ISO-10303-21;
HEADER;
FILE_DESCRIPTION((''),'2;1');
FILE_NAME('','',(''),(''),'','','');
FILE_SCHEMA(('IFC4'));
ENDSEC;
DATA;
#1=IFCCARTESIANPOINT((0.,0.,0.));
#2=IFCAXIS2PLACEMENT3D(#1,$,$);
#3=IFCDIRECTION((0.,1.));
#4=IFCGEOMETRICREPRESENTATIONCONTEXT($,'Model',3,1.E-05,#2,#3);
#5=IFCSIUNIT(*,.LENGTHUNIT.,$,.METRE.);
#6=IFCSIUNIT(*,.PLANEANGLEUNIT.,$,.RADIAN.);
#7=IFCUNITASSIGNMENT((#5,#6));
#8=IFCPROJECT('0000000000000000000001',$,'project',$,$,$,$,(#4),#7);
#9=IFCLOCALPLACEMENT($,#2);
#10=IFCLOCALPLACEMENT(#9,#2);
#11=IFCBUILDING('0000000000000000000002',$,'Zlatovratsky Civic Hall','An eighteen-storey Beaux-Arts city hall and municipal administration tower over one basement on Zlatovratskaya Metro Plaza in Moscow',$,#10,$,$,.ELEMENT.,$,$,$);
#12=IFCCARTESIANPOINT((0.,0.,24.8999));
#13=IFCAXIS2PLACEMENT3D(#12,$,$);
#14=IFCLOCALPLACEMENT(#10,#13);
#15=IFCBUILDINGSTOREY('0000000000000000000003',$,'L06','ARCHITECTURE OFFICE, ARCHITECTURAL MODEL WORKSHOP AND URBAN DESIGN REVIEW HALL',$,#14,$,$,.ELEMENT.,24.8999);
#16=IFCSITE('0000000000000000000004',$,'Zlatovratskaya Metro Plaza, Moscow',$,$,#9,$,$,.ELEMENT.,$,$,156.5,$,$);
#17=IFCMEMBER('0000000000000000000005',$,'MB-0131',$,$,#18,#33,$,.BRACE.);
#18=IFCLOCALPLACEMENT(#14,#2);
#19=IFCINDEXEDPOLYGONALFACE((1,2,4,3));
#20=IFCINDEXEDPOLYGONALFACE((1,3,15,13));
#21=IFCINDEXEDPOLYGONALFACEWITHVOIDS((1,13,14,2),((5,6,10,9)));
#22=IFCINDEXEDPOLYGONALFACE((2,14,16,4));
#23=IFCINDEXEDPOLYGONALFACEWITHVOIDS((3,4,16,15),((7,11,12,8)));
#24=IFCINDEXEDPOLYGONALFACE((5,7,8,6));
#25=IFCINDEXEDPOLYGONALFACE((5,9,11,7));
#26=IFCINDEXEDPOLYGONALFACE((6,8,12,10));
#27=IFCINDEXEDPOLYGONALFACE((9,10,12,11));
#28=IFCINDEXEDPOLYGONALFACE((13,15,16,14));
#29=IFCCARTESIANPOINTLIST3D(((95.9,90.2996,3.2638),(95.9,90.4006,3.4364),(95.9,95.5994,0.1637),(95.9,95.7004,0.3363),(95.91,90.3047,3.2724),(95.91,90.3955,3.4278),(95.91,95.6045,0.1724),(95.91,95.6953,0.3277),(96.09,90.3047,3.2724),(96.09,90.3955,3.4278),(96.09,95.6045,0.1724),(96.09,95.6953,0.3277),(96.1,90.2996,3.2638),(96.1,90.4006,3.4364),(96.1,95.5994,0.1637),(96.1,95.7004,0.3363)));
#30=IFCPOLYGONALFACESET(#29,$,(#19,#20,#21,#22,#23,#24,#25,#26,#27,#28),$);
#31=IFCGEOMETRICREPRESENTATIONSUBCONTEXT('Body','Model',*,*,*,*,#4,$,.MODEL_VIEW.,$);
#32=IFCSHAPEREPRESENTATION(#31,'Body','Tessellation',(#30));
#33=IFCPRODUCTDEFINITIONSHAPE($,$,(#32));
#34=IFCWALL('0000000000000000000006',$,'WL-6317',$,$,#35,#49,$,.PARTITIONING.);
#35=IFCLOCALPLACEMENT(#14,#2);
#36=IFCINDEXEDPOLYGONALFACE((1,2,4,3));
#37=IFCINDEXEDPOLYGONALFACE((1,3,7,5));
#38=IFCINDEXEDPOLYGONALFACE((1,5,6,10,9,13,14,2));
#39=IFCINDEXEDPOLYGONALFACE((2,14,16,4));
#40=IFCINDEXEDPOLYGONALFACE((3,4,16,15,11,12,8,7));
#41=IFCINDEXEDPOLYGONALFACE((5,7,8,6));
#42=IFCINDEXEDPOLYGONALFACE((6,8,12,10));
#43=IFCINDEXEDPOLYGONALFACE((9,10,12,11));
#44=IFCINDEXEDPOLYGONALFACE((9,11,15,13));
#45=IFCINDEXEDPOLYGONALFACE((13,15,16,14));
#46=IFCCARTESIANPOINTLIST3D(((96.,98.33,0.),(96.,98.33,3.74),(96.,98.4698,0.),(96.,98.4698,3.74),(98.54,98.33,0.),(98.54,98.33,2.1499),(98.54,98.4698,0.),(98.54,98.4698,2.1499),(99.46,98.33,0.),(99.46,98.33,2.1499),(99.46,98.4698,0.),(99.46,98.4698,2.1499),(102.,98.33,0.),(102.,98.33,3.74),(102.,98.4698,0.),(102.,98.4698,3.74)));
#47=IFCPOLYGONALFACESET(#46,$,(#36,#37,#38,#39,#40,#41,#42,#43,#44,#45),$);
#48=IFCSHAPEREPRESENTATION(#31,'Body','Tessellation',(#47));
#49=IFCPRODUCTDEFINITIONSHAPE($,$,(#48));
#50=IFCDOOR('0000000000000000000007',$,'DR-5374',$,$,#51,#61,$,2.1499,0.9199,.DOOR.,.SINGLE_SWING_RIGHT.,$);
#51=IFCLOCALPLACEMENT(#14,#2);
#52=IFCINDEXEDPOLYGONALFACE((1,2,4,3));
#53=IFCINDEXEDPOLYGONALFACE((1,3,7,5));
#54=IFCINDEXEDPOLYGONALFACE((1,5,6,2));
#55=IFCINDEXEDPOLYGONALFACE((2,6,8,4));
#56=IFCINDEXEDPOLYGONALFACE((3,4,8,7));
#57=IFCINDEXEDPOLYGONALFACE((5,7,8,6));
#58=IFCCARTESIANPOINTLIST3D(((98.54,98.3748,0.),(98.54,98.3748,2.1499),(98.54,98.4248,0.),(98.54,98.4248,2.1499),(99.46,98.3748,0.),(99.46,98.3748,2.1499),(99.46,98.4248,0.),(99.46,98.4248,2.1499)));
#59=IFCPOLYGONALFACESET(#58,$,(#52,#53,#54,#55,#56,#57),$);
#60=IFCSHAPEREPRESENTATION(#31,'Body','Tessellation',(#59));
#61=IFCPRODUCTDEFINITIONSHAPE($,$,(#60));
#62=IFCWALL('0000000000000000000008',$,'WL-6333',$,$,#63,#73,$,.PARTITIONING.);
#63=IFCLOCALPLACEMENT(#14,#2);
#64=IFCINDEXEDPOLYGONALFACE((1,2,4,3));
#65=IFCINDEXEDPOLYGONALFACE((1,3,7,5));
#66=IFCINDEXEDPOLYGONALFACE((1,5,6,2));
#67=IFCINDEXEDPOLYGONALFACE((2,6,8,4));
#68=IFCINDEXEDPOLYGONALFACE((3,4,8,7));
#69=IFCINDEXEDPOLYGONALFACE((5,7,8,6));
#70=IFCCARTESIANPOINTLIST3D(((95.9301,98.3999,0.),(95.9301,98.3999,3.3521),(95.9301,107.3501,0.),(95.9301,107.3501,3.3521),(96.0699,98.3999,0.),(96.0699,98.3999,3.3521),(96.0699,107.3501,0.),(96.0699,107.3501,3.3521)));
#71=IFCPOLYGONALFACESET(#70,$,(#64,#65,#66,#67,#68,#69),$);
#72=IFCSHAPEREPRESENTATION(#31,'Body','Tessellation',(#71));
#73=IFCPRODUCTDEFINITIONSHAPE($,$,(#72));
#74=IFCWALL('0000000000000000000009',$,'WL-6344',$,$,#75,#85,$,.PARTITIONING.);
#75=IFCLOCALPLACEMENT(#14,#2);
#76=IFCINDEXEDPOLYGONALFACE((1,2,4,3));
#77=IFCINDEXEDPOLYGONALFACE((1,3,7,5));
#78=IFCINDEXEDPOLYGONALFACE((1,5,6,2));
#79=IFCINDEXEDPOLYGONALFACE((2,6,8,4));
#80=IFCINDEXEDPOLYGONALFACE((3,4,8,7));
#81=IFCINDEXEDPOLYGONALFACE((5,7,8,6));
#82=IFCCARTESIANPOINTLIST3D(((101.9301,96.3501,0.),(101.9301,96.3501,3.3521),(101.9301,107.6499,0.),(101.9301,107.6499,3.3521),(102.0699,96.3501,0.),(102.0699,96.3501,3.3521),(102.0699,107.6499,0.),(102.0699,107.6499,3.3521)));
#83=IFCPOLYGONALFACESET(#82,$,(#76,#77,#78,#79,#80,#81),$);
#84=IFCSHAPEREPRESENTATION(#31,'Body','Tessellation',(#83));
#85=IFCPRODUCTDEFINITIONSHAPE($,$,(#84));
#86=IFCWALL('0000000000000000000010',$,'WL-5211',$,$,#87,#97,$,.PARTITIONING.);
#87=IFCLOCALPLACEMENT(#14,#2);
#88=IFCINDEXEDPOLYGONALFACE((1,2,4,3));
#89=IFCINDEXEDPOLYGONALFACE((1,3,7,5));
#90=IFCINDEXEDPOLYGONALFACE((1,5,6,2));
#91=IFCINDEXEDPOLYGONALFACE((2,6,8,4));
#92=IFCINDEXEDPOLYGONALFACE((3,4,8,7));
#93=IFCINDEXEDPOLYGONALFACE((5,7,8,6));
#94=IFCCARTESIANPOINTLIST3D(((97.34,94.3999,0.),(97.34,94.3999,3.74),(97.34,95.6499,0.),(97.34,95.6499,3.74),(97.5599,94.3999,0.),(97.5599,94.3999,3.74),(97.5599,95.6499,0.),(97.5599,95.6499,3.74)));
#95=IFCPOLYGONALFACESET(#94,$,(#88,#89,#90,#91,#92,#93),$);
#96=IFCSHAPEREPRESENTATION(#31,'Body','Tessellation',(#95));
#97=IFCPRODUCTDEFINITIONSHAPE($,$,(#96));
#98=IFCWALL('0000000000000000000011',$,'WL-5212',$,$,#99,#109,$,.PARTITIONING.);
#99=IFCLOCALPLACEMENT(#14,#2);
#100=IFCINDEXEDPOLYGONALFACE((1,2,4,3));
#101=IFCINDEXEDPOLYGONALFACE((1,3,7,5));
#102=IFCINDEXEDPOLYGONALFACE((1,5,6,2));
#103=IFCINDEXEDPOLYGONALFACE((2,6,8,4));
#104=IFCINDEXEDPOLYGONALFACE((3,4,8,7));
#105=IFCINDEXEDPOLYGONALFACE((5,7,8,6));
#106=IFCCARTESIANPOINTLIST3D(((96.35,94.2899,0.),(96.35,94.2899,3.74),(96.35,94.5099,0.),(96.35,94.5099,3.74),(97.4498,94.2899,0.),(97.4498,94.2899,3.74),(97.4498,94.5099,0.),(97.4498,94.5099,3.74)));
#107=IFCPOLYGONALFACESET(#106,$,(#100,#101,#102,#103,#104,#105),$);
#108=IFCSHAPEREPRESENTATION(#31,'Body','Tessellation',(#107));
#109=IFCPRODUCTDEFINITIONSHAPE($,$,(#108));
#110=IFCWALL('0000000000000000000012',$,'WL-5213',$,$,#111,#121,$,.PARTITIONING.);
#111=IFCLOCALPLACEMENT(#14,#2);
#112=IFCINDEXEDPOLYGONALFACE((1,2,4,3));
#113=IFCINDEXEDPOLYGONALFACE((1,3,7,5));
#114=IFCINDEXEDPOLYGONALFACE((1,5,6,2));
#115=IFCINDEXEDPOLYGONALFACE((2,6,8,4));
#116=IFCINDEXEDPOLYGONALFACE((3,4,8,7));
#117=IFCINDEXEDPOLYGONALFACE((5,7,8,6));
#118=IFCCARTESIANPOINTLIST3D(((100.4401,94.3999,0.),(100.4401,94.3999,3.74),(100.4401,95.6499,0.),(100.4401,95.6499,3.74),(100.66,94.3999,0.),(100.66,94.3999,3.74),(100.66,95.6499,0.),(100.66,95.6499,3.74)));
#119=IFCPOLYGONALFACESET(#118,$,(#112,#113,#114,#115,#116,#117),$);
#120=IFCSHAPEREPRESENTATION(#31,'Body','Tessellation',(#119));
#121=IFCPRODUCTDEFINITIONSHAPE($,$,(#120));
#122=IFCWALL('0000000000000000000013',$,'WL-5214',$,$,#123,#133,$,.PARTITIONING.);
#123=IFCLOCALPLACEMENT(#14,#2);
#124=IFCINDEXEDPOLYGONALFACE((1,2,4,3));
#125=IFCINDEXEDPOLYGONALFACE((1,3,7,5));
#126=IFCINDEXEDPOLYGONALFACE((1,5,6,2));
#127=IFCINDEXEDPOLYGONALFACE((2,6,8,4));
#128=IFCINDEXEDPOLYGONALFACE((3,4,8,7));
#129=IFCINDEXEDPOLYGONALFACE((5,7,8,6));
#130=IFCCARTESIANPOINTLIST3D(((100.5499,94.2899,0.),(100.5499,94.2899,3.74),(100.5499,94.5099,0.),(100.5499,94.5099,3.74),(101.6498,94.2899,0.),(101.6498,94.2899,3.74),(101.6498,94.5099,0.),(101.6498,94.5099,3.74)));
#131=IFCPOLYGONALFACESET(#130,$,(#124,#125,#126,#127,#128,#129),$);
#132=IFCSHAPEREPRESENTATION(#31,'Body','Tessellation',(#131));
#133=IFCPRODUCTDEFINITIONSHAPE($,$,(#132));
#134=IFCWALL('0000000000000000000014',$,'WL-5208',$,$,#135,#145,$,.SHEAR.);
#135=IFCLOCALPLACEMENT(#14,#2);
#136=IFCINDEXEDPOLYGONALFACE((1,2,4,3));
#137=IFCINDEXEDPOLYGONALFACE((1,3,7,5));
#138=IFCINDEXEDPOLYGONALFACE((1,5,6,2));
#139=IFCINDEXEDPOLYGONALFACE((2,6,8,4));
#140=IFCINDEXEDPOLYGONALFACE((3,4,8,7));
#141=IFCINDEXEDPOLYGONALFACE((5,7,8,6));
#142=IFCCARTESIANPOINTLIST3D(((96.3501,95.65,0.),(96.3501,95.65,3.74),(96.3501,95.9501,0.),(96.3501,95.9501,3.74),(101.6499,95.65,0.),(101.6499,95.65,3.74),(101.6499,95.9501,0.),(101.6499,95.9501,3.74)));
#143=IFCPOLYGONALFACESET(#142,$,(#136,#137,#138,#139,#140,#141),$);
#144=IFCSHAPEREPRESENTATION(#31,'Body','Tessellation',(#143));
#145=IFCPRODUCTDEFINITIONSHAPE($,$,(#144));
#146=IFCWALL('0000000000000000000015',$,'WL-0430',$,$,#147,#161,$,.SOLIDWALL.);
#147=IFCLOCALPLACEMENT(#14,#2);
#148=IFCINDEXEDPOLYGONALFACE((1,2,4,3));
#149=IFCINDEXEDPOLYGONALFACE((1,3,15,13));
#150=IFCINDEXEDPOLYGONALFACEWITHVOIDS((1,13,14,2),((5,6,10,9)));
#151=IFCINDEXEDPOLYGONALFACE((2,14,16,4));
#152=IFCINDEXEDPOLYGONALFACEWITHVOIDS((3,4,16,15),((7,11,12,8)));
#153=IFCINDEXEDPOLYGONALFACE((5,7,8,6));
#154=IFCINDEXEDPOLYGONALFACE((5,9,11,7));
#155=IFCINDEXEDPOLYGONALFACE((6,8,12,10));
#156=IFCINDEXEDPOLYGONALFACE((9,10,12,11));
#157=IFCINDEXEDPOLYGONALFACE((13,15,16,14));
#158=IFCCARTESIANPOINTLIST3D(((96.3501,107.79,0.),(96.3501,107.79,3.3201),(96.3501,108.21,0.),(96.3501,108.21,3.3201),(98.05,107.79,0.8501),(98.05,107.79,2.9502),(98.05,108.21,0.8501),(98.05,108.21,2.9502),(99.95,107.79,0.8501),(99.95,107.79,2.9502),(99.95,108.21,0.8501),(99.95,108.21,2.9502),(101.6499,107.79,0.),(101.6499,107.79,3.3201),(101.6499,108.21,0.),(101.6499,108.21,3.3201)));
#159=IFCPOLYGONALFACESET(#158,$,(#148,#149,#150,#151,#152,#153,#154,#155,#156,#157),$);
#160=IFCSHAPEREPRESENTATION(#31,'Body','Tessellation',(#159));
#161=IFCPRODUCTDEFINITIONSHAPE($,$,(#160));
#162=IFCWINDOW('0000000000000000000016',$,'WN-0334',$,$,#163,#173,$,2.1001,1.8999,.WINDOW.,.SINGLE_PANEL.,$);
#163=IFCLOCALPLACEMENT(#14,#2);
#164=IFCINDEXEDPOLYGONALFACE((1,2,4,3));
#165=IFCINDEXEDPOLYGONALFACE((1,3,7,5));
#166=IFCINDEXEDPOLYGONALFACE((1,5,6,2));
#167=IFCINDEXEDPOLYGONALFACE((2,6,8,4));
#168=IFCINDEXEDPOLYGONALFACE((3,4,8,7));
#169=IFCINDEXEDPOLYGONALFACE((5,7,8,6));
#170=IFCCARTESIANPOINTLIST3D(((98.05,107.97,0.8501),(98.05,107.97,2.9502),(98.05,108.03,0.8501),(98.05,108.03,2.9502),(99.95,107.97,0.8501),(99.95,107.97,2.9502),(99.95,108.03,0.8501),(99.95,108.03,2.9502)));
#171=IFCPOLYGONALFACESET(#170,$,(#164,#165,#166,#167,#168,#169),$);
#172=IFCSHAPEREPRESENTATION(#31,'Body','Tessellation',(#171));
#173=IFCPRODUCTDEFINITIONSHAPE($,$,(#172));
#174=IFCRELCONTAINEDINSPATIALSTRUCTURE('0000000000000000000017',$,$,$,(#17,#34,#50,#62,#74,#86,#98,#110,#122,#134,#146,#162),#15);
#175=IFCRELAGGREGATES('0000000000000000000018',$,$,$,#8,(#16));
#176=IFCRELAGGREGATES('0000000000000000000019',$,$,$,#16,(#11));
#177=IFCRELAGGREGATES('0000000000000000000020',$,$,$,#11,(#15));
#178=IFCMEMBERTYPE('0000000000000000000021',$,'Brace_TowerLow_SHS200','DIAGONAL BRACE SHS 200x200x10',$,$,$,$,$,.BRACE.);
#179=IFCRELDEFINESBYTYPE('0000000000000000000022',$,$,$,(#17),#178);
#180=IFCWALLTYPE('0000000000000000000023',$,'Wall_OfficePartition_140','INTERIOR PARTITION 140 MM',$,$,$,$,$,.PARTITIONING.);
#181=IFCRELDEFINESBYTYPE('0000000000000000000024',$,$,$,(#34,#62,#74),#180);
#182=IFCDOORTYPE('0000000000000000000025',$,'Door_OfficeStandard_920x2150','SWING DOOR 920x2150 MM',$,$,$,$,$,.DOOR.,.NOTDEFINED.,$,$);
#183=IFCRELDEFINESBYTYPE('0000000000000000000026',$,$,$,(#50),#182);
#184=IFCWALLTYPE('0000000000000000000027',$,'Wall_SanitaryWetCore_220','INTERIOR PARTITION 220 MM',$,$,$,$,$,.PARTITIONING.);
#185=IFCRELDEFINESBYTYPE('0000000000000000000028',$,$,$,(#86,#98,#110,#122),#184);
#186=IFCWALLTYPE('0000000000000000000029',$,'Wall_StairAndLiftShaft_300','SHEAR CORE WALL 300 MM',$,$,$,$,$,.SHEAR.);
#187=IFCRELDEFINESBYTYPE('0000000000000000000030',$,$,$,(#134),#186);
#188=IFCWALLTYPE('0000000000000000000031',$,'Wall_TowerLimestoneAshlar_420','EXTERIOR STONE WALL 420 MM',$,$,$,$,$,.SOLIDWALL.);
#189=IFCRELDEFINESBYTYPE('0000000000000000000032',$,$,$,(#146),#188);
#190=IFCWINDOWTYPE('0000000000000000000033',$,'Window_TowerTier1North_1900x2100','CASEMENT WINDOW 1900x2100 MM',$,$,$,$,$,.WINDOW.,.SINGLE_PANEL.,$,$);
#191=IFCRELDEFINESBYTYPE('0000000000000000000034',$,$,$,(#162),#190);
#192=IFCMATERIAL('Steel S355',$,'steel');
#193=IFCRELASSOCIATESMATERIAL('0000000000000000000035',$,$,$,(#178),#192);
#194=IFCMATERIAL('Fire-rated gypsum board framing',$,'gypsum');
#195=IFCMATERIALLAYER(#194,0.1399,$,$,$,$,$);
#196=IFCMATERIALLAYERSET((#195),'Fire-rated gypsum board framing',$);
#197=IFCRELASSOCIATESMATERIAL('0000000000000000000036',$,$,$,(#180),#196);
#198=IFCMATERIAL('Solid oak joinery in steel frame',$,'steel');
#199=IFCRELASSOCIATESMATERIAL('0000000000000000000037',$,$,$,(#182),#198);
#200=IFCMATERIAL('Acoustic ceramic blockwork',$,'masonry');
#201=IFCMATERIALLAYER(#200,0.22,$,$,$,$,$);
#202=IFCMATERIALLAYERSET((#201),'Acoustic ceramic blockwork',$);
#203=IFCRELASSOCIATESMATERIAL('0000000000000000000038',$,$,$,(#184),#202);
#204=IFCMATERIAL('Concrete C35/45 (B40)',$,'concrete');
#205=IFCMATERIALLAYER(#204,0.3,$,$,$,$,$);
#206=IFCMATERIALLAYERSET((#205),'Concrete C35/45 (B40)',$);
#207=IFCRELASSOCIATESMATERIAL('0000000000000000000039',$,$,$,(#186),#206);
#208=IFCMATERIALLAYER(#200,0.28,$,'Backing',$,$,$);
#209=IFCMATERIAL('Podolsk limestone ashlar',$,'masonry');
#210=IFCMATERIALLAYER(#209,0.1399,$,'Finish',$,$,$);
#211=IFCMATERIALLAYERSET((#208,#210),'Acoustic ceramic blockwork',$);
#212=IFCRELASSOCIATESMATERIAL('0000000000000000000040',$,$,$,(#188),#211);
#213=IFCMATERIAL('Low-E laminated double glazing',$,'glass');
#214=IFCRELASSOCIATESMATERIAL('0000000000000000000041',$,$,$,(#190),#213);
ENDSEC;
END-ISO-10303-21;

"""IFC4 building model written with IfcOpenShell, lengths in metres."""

from ifc_helpers import new_model, si_unit, direction, frame, frame_2d, origin, origin_2d, place, context, subcontext, project, spatial, rectangle, hollow_rectangle, extrude, material, layer, layer_set, material_profile, profile_set, type_object, element, fill, save


model = new_model("IFC4")

# Units and contexts
model_context = context("Model", 3, precision=1e-05, world=origin(), true_north=direction((0.0, 1.0)))
body_context = subcontext(model_context, "Body", "Model", "MODEL_VIEW")
ifc_project = project(units=[si_unit("LENGTHUNIT", "METRE"), si_unit("PLANEANGLEUNIT", "RADIAN")], contexts=[model_context])

# Site, building, storey
site_placement = place(None, origin())
site = spatial("IfcSite", under=ifc_project, at=site_placement, Name="Zlatovratskaya Metro Plaza, Moscow", CompositionType="ELEMENT", RefElevation=156.5)
building_placement = place(site_placement, origin())
building = spatial("IfcBuilding", under=site, at=building_placement, Name="Zlatovratsky Civic Hall", Description="An eighteen-storey Beaux-Arts city hall and municipal administration tower over one basement on Zlatovratskaya Metro Plaza in Moscow", CompositionType="ELEMENT")
storey_placement = place(building_placement, frame((0.0, 0.0, 24.8999)))
storey = spatial("IfcBuildingStorey", under=building, at=storey_placement, Name="L06", Description="ARCHITECTURE OFFICE, ARCHITECTURAL MODEL WORKSHOP AND URBAN DESIGN REVIEW HALL", CompositionType="ELEMENT", Elevation=24.8999)

# Shared definitions
ifc_material_1 = material(Name="Concrete C35/45 (B40)", Category="concrete")
ifc_material_2 = material(Name="Steel S355", Category="steel")

# Member
ifc_material_profile_1 = material_profile(ifc_material_2, hollow_rectangle(XDim=0.2, YDim=0.2, WallThickness=0.01, at=origin_2d()), Name="SHS 200x200x10")
ifc_profile_set_1 = profile_set([ifc_material_profile_1], Name="Steel S355")
member_type = type_object("IfcMemberType", Name="Brace_TowerLow_SHS200", Description="DIAGONAL BRACE SHS 200x200x10", PredefinedType="BRACE", material=ifc_profile_set_1)
member_placement = place(storey_placement, frame((96.0, 90.3501, 3.3501), z_axis=(0.0, 0.863173, -0.504909), x_axis=(-1.0, 0.0, 0.0)))
element("IfcMember", 1, at=member_placement, inside=storey, type_object=member_type, Name="MB-0131", PredefinedType="BRACE", context=body_context, shape_type="SweptSolid", body=[
    extrude(hollow_rectangle(XDim=0.2, YDim=0.2, WallThickness=0.01, at=origin_2d()), origin(), (0.0, 0.0, 1.0), 6.1399),
])

# Wall, opening, door
ifc_material_3 = material(Name="Fire-rated gypsum board framing", Category="gypsum")
ifc_layer_1 = layer(ifc_material_3, 0.1399)
ifc_layer_set_1 = layer_set([ifc_layer_1], Name="Fire-rated gypsum board framing")
wall_type_1 = type_object("IfcWallType", Name="Wall_OfficePartition_140", Description="INTERIOR PARTITION 140 MM", PredefinedType="PARTITIONING", material=ifc_layer_set_1)
wall_1_placement = place(storey_placement, frame((96.0, 98.3999, 0.0), z_axis=(0.0, 0.0, 1.0), x_axis=(1.0, 0.0, 0.0)))
wall_1 = element("IfcWall", 2, at=wall_1_placement, inside=storey, type_object=wall_type_1, Name="WL-6317", PredefinedType="PARTITIONING", context=body_context, shape_type="SweptSolid", body=[
    extrude(rectangle(XDim=6.0, YDim=0.1399, at=frame_2d((3.0, 0.0))), origin(), (0.0, 0.0, 1.0), 3.74),
])
opening_1_placement = place(wall_1_placement, frame((2.54, 0.0, 0.0)))
opening_1 = element("IfcOpeningElement", 3, at=opening_1_placement, cuts=wall_1, PredefinedType="OPENING", context=body_context, shape_type="SweptSolid", body=[
    extrude(rectangle(XDim=0.9199, YDim=2.1499, at=frame_2d((0.46, 1.075))), frame((0.0, 0.085, 0.0), z_axis=(0.0, -1.0, 0.0), x_axis=(1.0, 0.0, 0.0)), (0.0, 0.0, 1.0), 0.1697),
])
ifc_material_4 = material(Name="Solid oak joinery in steel frame", Category="steel")
door_type = type_object("IfcDoorType", Name="Door_OfficeStandard_920x2150", Description="SWING DOOR 920x2150 MM", OperationType="NOTDEFINED", PredefinedType="DOOR", material=ifc_material_4)
door_placement = place(opening_1_placement, origin())
door = element("IfcDoor", 4, at=door_placement, inside=storey, type_object=door_type, Name="DR-5374", OperationType="SINGLE_SWING_RIGHT", OverallHeight=2.1499, OverallWidth=0.9199, PredefinedType="DOOR", context=body_context, shape_type="SweptSolid", body=[
    extrude(rectangle(XDim=0.9199, YDim=2.1499, at=frame_2d((0.46, 1.075))), frame((0.0, 0.0249, 0.0), z_axis=(0.0, -1.0, 0.0), x_axis=(1.0, 0.0, 0.0)), (0.0, 0.0, 1.0), 0.05),
])
fill(opening_1, door)

# Walls
wall_2_placement = place(storey_placement, frame((96.0, 98.3999, 0.0), z_axis=(0.0, 0.0, 1.0), x_axis=(0.0, 1.0, 0.0)))
element("IfcWall", 5, at=wall_2_placement, inside=storey, type_object=wall_type_1, Name="WL-6333", PredefinedType="PARTITIONING", context=body_context, shape_type="SweptSolid", body=[
    extrude(rectangle(XDim=8.9502, YDim=0.1399, at=frame_2d((4.4751, 0.0))), origin(), (0.0, 0.0, 1.0), 3.3521),
])
wall_3_placement = place(storey_placement, frame((102.0, 96.3501, 0.0), z_axis=(0.0, 0.0, 1.0), x_axis=(0.0, 1.0, 0.0)))
element("IfcWall", 6, at=wall_3_placement, inside=storey, type_object=wall_type_1, Name="WL-6344", PredefinedType="PARTITIONING", context=body_context, shape_type="SweptSolid", body=[
    extrude(rectangle(XDim=11.2998, YDim=0.1399, at=frame_2d((5.6499, 0.0))), origin(), (0.0, 0.0, 1.0), 3.3521),
])
ifc_material_5 = material(Name="Acoustic ceramic blockwork", Category="masonry")
ifc_layer_2 = layer(ifc_material_5, 0.22)
ifc_layer_set_2 = layer_set([ifc_layer_2], Name="Acoustic ceramic blockwork")
wall_type_2 = type_object("IfcWallType", Name="Wall_SanitaryWetCore_220", Description="INTERIOR PARTITION 220 MM", PredefinedType="PARTITIONING", material=ifc_layer_set_2)
wall_4_placement = place(storey_placement, frame((97.45, 94.3999, 0.0), z_axis=(0.0, 0.0, 1.0), x_axis=(0.0, 1.0, 0.0)))
element("IfcWall", 7, at=wall_4_placement, inside=storey, type_object=wall_type_2, Name="WL-5211", PredefinedType="PARTITIONING", context=body_context, shape_type="SweptSolid", body=[
    extrude(rectangle(XDim=1.25, YDim=0.22, at=frame_2d((0.625, 0.0))), origin(), (0.0, 0.0, 1.0), 3.74),
])
wall_5_placement = place(storey_placement, frame((96.3501, 94.3999, 0.0), z_axis=(0.0, 0.0, 1.0), x_axis=(1.0, 0.0, 0.0)))
element("IfcWall", 8, at=wall_5_placement, inside=storey, type_object=wall_type_2, Name="WL-5212", PredefinedType="PARTITIONING", context=body_context, shape_type="SweptSolid", body=[
    extrude(rectangle(XDim=1.0999, YDim=0.22, at=frame_2d((0.5498, 0.0))), origin(), (0.0, 0.0, 1.0), 3.74),
])
wall_6_placement = place(storey_placement, frame((100.55, 94.3999, 0.0), z_axis=(0.0, 0.0, 1.0), x_axis=(0.0, 1.0, 0.0)))
element("IfcWall", 9, at=wall_6_placement, inside=storey, type_object=wall_type_2, Name="WL-5213", PredefinedType="PARTITIONING", context=body_context, shape_type="SweptSolid", body=[
    extrude(rectangle(XDim=1.25, YDim=0.22, at=frame_2d((0.625, 0.0))), origin(), (0.0, 0.0, 1.0), 3.74),
])
wall_7_placement = place(storey_placement, frame((100.55, 94.3999, 0.0), z_axis=(0.0, 0.0, 1.0), x_axis=(1.0, 0.0, 0.0)))
element("IfcWall", 10, at=wall_7_placement, inside=storey, type_object=wall_type_2, Name="WL-5214", PredefinedType="PARTITIONING", context=body_context, shape_type="SweptSolid", body=[
    extrude(rectangle(XDim=1.0999, YDim=0.22, at=frame_2d((0.5498, 0.0))), origin(), (0.0, 0.0, 1.0), 3.74),
])
ifc_layer_3 = layer(ifc_material_1, 0.3)
ifc_layer_set_3 = layer_set([ifc_layer_3], Name="Concrete C35/45 (B40)")
wall_type_3 = type_object("IfcWallType", Name="Wall_StairAndLiftShaft_300", Description="SHEAR CORE WALL 300 MM", PredefinedType="SHEAR", material=ifc_layer_set_3)
wall_8_placement = place(storey_placement, frame((96.3501, 95.8, 0.0), z_axis=(0.0, 0.0, 1.0), x_axis=(1.0, 0.0, 0.0)))
element("IfcWall", 11, at=wall_8_placement, inside=storey, type_object=wall_type_3, Name="WL-5208", PredefinedType="SHEAR", context=body_context, shape_type="SweptSolid", body=[
    extrude(rectangle(XDim=5.2998, YDim=0.3, at=frame_2d((2.6499, 0.0))), origin(), (0.0, 0.0, 1.0), 3.74),
])

# Wall, opening, window
ifc_layer_4 = layer(ifc_material_5, 0.28, Name="Backing")
ifc_material_6 = material(Name="Podolsk limestone ashlar", Category="masonry")
ifc_layer_5 = layer(ifc_material_6, 0.1399, Name="Finish")
ifc_layer_set_4 = layer_set([ifc_layer_4, ifc_layer_5], Name="Acoustic ceramic blockwork")
wall_type_4 = type_object("IfcWallType", Name="Wall_TowerLimestoneAshlar_420", Description="EXTERIOR STONE WALL 420 MM", PredefinedType="SOLIDWALL", material=ifc_layer_set_4)
wall_9_placement = place(storey_placement, frame((96.3501, 108.0, 0.0), z_axis=(0.0, 0.0, 1.0), x_axis=(1.0, 0.0, 0.0)))
wall_9 = element("IfcWall", 12, at=wall_9_placement, inside=storey, type_object=wall_type_4, Name="WL-0430", PredefinedType="SOLIDWALL", context=body_context, shape_type="SweptSolid", body=[
    extrude(rectangle(XDim=5.2998, YDim=0.4199, at=frame_2d((2.6499, 0.0))), origin(), (0.0, 0.0, 1.0), 3.3201),
])
opening_2_placement = place(wall_9_placement, frame((1.7, 0.0, 0.8501)))
opening_2 = element("IfcOpeningElement", 13, at=opening_2_placement, cuts=wall_9, PredefinedType="OPENING", context=body_context, shape_type="SweptSolid", body=[
    extrude(rectangle(XDim=1.8999, YDim=2.1001, at=frame_2d((0.95, 1.05))), frame((0.0, 0.2249, 0.0), z_axis=(0.0, -1.0, 0.0), x_axis=(1.0, 0.0, 0.0)), (0.0, 0.0, 1.0), 0.4497),
])
ifc_material_7 = material(Name="Low-E laminated double glazing", Category="glass")
window_type = type_object("IfcWindowType", Name="Window_TowerTier1North_1900x2100", Description="CASEMENT WINDOW 1900x2100 MM", PartitioningType="SINGLE_PANEL", PredefinedType="WINDOW", material=ifc_material_7)
window_placement = place(opening_2_placement, origin())
window = element("IfcWindow", 14, at=window_placement, inside=storey, type_object=window_type, Name="WN-0334", OverallHeight=2.1001, OverallWidth=1.8999, PartitioningType="SINGLE_PANEL", PredefinedType="WINDOW", context=body_context, shape_type="SweptSolid", body=[
    extrude(rectangle(XDim=1.8999, YDim=2.1001, at=frame_2d((0.95, 1.05))), frame((0.0, 0.03, 0.0), z_axis=(0.0, -1.0, 0.0), x_axis=(1.0, 0.0, 0.0)), (0.0, 0.0, 1.0), 0.0601),
])
fill(opening_2, window)

save(model, "model.ifc")
